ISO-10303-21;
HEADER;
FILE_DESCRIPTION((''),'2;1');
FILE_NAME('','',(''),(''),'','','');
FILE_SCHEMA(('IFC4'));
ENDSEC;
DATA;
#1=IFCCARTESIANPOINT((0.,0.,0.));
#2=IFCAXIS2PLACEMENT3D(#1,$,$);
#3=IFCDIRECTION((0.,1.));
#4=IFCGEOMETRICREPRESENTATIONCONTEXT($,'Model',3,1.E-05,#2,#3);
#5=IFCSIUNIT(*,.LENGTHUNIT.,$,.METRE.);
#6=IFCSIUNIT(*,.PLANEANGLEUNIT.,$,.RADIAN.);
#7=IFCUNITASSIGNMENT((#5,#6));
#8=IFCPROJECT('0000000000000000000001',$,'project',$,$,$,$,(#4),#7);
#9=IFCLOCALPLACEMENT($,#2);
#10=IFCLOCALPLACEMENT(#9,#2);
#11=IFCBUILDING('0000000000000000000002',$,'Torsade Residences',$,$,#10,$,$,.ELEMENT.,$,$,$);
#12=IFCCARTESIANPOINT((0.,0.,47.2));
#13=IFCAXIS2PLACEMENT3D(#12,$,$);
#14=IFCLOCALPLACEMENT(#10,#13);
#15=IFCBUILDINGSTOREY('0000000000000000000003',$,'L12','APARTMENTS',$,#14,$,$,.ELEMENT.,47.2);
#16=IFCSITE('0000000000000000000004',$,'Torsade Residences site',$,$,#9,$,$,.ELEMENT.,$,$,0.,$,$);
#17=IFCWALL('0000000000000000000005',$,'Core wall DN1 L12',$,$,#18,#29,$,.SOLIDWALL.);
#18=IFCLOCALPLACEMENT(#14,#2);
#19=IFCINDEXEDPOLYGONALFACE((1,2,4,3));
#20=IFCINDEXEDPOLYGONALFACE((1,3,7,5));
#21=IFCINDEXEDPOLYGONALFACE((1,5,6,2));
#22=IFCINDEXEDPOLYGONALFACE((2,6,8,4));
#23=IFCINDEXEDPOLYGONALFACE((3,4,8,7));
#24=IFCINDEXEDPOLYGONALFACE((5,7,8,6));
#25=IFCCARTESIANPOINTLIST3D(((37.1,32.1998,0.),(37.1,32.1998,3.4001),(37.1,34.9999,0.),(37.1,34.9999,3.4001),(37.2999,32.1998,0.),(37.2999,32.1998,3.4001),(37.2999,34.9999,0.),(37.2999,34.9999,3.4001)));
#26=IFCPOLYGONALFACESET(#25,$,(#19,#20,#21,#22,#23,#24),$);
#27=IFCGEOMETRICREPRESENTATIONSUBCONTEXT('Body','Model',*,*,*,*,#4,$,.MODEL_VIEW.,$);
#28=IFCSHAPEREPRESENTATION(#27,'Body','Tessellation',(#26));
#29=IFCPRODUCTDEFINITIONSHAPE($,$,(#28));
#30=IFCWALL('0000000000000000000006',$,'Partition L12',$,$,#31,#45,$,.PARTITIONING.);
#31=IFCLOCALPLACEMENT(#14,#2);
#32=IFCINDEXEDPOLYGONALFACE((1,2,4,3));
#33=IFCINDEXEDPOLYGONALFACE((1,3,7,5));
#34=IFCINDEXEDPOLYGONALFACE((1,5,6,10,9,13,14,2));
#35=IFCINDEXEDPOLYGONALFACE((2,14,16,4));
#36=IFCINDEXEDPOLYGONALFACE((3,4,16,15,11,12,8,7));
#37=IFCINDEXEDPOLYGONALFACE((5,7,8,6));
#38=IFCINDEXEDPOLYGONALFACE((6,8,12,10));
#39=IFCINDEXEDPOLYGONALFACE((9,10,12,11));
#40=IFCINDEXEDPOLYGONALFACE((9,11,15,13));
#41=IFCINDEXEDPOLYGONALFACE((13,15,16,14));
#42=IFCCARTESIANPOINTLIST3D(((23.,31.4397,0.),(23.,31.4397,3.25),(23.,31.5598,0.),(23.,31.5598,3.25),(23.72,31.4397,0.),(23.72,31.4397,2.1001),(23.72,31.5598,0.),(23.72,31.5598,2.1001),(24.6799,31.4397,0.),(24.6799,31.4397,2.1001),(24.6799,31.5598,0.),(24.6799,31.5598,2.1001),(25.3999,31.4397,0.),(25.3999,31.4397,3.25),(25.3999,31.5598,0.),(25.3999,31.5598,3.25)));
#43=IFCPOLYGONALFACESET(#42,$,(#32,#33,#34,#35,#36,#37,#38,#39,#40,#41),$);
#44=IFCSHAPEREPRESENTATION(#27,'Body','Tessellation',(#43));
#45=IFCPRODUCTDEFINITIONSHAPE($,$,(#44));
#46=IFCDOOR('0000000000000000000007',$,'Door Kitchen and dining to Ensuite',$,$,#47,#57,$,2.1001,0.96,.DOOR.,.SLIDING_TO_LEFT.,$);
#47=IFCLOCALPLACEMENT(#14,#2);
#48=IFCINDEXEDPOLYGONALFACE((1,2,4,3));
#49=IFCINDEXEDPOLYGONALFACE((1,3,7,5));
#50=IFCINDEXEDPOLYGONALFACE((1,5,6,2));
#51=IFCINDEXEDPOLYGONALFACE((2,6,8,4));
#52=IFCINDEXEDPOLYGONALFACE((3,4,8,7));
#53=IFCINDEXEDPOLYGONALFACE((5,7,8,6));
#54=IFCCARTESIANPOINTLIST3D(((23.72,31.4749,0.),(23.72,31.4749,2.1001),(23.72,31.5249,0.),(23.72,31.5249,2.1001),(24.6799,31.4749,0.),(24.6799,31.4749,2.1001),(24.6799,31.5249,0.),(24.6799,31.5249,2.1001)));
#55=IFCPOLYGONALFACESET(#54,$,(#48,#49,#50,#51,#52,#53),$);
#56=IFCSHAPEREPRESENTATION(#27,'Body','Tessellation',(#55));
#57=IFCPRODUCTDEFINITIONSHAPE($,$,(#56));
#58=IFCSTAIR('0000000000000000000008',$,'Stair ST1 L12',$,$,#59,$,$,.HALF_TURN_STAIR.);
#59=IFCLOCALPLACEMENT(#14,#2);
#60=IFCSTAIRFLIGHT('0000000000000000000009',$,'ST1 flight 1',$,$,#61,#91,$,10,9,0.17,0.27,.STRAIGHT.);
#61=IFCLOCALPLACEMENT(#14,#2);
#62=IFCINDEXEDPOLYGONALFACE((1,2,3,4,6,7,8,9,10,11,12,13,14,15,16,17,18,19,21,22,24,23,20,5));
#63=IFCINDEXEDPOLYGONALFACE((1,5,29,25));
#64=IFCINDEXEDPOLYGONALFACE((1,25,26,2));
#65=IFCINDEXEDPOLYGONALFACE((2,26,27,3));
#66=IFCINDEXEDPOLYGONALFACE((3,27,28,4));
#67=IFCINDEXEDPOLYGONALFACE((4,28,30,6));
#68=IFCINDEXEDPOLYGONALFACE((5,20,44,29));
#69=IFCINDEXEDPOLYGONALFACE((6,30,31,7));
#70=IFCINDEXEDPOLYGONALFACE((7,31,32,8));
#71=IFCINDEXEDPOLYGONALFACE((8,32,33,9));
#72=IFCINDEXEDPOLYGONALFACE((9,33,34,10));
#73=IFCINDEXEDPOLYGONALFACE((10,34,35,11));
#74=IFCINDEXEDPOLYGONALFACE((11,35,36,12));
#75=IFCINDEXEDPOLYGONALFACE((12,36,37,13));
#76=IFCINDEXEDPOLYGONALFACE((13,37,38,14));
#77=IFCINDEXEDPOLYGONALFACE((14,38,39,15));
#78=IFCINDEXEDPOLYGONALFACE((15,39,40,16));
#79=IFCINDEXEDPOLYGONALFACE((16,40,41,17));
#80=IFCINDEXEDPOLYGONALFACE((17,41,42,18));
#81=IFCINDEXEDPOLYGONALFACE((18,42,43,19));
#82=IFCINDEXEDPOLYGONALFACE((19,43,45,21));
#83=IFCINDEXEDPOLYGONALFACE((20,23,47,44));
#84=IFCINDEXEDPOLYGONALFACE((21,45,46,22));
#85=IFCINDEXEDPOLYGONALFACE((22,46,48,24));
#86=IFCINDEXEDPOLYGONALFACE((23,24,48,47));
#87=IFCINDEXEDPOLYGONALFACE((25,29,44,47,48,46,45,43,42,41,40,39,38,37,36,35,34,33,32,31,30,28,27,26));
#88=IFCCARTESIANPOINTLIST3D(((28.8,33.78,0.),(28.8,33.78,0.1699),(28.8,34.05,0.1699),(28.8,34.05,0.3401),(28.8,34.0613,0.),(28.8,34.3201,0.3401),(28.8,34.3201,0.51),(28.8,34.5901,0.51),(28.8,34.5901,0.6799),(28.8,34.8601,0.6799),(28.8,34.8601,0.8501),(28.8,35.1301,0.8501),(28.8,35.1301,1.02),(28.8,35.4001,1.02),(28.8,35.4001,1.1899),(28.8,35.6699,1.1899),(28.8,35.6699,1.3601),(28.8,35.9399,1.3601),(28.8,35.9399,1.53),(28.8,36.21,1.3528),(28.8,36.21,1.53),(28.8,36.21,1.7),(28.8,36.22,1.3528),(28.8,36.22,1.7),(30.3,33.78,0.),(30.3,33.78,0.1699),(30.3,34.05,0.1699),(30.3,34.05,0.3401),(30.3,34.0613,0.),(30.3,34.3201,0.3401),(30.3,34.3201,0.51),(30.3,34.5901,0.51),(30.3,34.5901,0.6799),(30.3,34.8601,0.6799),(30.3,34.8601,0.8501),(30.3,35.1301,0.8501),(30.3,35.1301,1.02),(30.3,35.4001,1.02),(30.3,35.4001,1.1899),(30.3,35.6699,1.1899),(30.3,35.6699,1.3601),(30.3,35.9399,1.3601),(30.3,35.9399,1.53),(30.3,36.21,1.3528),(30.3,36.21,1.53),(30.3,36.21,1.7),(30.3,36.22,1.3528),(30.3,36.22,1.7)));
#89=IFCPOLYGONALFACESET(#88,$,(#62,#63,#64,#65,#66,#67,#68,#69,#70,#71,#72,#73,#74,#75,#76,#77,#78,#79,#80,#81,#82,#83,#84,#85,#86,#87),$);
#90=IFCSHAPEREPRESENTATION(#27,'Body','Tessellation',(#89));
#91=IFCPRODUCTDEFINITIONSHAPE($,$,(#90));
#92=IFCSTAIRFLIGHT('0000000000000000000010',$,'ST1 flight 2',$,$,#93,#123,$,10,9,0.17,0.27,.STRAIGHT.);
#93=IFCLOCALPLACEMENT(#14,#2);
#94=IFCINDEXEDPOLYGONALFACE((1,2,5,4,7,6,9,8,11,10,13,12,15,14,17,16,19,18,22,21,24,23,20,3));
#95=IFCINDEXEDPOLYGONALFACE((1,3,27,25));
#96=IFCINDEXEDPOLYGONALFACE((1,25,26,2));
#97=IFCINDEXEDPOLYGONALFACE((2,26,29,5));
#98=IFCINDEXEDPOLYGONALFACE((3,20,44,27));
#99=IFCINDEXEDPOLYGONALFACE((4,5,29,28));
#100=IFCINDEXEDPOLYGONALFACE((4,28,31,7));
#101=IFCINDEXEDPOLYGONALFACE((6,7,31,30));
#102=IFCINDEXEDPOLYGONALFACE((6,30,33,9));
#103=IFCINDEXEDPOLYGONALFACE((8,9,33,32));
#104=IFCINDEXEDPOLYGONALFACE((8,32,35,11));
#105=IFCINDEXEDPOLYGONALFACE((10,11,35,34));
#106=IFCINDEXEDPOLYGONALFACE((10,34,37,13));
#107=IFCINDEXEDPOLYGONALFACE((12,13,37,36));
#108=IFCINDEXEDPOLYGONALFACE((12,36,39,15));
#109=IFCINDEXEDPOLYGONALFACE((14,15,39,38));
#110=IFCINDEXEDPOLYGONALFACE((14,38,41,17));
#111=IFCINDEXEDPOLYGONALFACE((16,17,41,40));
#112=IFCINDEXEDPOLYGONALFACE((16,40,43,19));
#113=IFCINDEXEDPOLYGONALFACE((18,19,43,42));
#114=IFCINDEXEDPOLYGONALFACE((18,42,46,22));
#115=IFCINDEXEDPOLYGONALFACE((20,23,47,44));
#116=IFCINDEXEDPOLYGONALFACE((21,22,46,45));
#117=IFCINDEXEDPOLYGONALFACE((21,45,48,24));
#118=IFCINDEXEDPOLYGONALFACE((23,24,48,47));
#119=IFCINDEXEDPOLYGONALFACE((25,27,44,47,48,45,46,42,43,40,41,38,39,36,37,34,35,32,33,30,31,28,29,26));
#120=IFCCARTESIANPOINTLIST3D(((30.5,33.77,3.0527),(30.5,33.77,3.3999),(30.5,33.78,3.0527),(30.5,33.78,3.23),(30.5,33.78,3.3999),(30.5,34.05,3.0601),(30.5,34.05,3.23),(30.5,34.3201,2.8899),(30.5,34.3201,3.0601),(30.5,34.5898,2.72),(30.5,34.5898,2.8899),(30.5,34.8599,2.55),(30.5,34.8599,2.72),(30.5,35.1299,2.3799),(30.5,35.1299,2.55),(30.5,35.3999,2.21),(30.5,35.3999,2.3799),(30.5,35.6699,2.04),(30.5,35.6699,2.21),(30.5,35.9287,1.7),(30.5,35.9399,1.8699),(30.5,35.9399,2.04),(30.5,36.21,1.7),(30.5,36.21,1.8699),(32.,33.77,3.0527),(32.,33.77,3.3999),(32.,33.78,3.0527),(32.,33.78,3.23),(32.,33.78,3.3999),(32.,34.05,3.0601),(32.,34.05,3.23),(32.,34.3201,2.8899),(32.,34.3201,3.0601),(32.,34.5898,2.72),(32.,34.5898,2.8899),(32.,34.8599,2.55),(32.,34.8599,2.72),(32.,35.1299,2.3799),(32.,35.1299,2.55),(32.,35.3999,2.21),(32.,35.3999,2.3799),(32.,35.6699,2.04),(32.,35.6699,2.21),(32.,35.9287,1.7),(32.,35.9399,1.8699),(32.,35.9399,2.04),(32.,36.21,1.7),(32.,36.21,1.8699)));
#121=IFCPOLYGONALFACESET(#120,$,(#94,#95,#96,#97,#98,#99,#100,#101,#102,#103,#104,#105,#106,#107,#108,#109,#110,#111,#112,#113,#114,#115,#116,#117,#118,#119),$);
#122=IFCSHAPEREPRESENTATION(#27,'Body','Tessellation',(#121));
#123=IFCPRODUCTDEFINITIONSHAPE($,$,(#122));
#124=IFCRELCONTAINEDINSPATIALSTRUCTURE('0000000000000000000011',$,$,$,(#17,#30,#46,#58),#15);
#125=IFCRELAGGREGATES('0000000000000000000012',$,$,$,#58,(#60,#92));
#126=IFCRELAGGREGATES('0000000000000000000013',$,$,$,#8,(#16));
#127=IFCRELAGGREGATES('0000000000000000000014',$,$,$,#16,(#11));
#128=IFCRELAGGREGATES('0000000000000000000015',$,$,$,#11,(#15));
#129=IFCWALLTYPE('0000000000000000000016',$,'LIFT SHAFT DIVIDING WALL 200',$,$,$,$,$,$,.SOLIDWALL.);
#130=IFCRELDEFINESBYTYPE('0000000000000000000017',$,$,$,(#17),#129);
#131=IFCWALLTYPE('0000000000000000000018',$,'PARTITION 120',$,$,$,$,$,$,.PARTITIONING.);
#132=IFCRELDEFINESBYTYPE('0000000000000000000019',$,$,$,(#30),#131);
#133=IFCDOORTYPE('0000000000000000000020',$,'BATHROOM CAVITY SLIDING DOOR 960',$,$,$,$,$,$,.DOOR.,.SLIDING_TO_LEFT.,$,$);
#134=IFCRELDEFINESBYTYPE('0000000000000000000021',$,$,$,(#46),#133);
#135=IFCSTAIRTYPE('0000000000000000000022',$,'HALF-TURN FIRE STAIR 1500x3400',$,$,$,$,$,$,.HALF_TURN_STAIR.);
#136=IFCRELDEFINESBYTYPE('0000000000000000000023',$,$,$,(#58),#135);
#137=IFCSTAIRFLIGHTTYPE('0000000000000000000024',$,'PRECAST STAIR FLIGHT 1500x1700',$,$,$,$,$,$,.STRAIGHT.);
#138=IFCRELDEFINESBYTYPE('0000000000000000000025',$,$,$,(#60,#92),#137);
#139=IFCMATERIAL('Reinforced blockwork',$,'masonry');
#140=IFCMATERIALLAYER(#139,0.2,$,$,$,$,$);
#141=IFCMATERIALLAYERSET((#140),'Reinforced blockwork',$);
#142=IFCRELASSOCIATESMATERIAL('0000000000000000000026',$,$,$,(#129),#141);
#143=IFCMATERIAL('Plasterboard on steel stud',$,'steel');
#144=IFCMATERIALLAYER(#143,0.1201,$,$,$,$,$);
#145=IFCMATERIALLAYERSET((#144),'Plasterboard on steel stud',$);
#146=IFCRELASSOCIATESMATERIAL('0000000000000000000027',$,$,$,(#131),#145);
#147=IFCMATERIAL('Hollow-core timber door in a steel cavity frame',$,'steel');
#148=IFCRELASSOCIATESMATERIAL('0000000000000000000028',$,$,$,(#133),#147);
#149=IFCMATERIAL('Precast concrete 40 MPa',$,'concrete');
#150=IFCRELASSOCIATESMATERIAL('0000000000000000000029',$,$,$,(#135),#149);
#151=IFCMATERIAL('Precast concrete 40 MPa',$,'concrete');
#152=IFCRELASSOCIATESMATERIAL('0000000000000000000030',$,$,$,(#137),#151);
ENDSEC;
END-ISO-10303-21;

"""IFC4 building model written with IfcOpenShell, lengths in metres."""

from ifc_helpers import new_model, si_unit, direction, frame, frame_2d, origin, place, context, subcontext, project, spatial, polyline, rectangle, outline, extrude, material, layer, layer_set, type_object, element, fill, aggregate, save


model = new_model("IFC4")

# Units and contexts
model_context = context("Model", 3, precision=1e-05, world=origin(), true_north=direction((0.0, 1.0)))
body_context = subcontext(model_context, "Body", "Model", "MODEL_VIEW")
ifc_project = project(units=[si_unit("LENGTHUNIT", "METRE"), si_unit("PLANEANGLEUNIT", "RADIAN")], contexts=[model_context])

# Site, building, storey
site_placement = place(None, origin())
site = spatial("IfcSite", under=ifc_project, at=site_placement, Name="Torsade Residences site", CompositionType="ELEMENT", RefElevation=0.0)
building_placement = place(site_placement, origin())
building = spatial("IfcBuilding", under=site, at=building_placement, Name="Torsade Residences", CompositionType="ELEMENT")
storey_placement = place(building_placement, frame((0.0, 0.0, 47.2)))
storey = spatial("IfcBuildingStorey", under=building, at=storey_placement, Name="L12", Description="APARTMENTS", CompositionType="ELEMENT", Elevation=47.2)

# Wall
ifc_material_1 = material(Name="Reinforced blockwork", Category="masonry")
ifc_layer_1 = layer(ifc_material_1, 0.2)
ifc_layer_set_1 = layer_set([ifc_layer_1], Name="Reinforced blockwork")
wall_type_1 = type_object("IfcWallType", Name="LIFT SHAFT DIVIDING WALL 200", PredefinedType="SOLIDWALL", material=ifc_layer_set_1)
wall_1_placement = place(storey_placement, frame((37.2, 32.2, 0.0), z_axis=(0.0, 0.0, 1.0), x_axis=(0.0, 1.0, 0.0)))
element("IfcWall", 1, at=wall_1_placement, inside=storey, type_object=wall_type_1, Name="Core wall DN1 L12", PredefinedType="SOLIDWALL", context=body_context, shape_type="SweptSolid", body=[
    extrude(rectangle(XDim=2.8, YDim=0.2, at=frame_2d((1.3999, 0.0))), origin(), (0.0, 0.0, 1.0), 3.4001),
])

# Wall, opening, door
ifc_material_2 = material(Name="Plasterboard on steel stud", Category="steel")
ifc_layer_2 = layer(ifc_material_2, 0.1201)
ifc_layer_set_2 = layer_set([ifc_layer_2], Name="Plasterboard on steel stud")
wall_type_2 = type_object("IfcWallType", Name="PARTITION 120", PredefinedType="PARTITIONING", material=ifc_layer_set_2)
wall_2_placement = place(storey_placement, frame((25.3999, 31.4998, 0.0), z_axis=(0.0, 0.0, 1.0), x_axis=(-1.0, 0.0, 0.0)))
wall_2 = element("IfcWall", 2, at=wall_2_placement, inside=storey, type_object=wall_type_2, Name="Partition L12", PredefinedType="PARTITIONING", context=body_context, shape_type="SweptSolid", body=[
    extrude(rectangle(XDim=2.3999, YDim=0.1201, at=frame_2d((1.2, 0.0))), origin(), (0.0, 0.0, 1.0), 3.25),
])
opening_1_placement = place(wall_2_placement, frame((0.72, 0.0, 0.0)))
opening_1 = element("IfcOpeningElement", 3, at=opening_1_placement, cuts=wall_2, PredefinedType="OPENING", context=body_context, shape_type="SweptSolid", body=[
    extrude(rectangle(XDim=0.96, YDim=2.1001, at=frame_2d((0.48, 1.05))), frame((0.0, 0.0701, 0.0), z_axis=(0.0, -1.0, 0.0), x_axis=(1.0, 0.0, 0.0)), (0.0, 0.0, 1.0), 0.1401),
])
ifc_material_3 = material(Name="Hollow-core timber door in a steel cavity frame", Category="steel")
door_type_1 = type_object("IfcDoorType", Name="BATHROOM CAVITY SLIDING DOOR 960", OperationType="SLIDING_TO_LEFT", PredefinedType="DOOR", material=ifc_material_3)
door_1_placement = place(opening_1_placement, origin())
door_1 = element("IfcDoor", 4, at=door_1_placement, inside=storey, type_object=door_type_1, Name="Door Kitchen and dining to Ensuite", OperationType="SLIDING_TO_LEFT", OverallHeight=2.1001, OverallWidth=0.96, PredefinedType="DOOR", context=body_context, shape_type="SweptSolid", body=[
    extrude(rectangle(XDim=0.96, YDim=2.1001, at=frame_2d((0.48, 1.05))), frame((0.0, 0.0249, 0.0), z_axis=(0.0, -1.0, 0.0), x_axis=(1.0, 0.0, 0.0)), (0.0, 0.0, 1.0), 0.05),
])
fill(opening_1, door_1)

# Stair, stair flights
ifc_material_4 = material(Name="Precast concrete 40 MPa", Category="concrete")
stair_type = type_object("IfcStairType", Name="HALF-TURN FIRE STAIR 1500x3400", PredefinedType="HALF_TURN_STAIR", material=ifc_material_4)
stair_placement = place(storey_placement, origin())
stair = element("IfcStair", 5, at=stair_placement, inside=storey, type_object=stair_type, Name="Stair ST1 L12", PredefinedType="HALF_TURN_STAIR")
ifc_material_5 = material(Name="Precast concrete 40 MPa", Category="concrete")
stair_flight_type = type_object("IfcStairFlightType", Name="PRECAST STAIR FLIGHT 1500x1700", PredefinedType="STRAIGHT", material=ifc_material_5)
stair_flight_1_placement = place(storey_placement, frame((29.55, 33.78, 0.0), z_axis=(0.0, 0.0, 1.0), x_axis=(0.0, 1.0, 0.0)))
stair_flight_1 = element("IfcStairFlight", 6, at=stair_flight_1_placement, type_object=stair_flight_type, Name="ST1 flight 1", NumberOfRisers=10, NumberOfTreads=9, PredefinedType="STRAIGHT", RiserHeight=0.17, TreadLength=0.27, context=body_context, shape_type="SweptSolid", body=[
    extrude(outline(polyline([(0.0, 0.0), (0.0, 0.1699), (0.27, 0.1699), (0.27, 0.3401), (0.54, 0.3401), (0.54, 0.51), (0.8101, 0.51), (0.8101, 0.6799), (1.0801, 0.6799), (1.0801, 0.8501), (1.3501, 0.8501), (1.3501, 1.02), (1.6201, 1.02), (1.6201, 1.1899), (1.8899, 1.1899), (1.8899, 1.3601), (2.1599, 1.3601), (2.1599, 1.53), (2.4299, 1.53), (2.4299, 1.7), (2.4399, 1.7), (2.4399, 1.3528), (2.4299, 1.3528), (0.2812, 0.0), (0.0, 0.0)])), frame((0.0, 0.75, 0.0), z_axis=(0.0, -1.0, 0.0), x_axis=(1.0, 0.0, 0.0)), (0.0, 0.0, 1.0), 1.5),
])
stair_flight_2_placement = place(storey_placement, frame((31.25, 36.21, 1.7), z_axis=(0.0, 0.0, 1.0), x_axis=(0.0, -1.0, 0.0)))
stair_flight_2 = element("IfcStairFlight", 7, at=stair_flight_2_placement, type_object=stair_flight_type, Name="ST1 flight 2", NumberOfRisers=10, NumberOfTreads=9, PredefinedType="STRAIGHT", RiserHeight=0.17, TreadLength=0.27, context=body_context, shape_type="SweptSolid", body=[
    extrude(outline(polyline([(0.0, 0.0), (0.0, 0.1699), (0.27, 0.1699), (0.27, 0.3401), (0.54, 0.3401), (0.54, 0.51), (0.8101, 0.51), (0.8101, 0.6799), (1.0801, 0.6799), (1.0801, 0.8501), (1.3501, 0.8501), (1.3501, 1.02), (1.6201, 1.02), (1.6201, 1.1899), (1.8899, 1.1899), (1.8899, 1.3601), (2.1599, 1.3601), (2.1599, 1.53), (2.4299, 1.53), (2.4299, 1.7), (2.4399, 1.7), (2.4399, 1.3528), (2.4299, 1.3528), (0.2812, 0.0), (0.0, 0.0)])), frame((0.0, 0.75, 0.0), z_axis=(0.0, -1.0, 0.0), x_axis=(1.0, 0.0, 0.0)), (0.0, 0.0, 1.0), 1.5),
])
aggregate(stair, [stair_flight_1, stair_flight_2])

save(model, "model.ifc")
